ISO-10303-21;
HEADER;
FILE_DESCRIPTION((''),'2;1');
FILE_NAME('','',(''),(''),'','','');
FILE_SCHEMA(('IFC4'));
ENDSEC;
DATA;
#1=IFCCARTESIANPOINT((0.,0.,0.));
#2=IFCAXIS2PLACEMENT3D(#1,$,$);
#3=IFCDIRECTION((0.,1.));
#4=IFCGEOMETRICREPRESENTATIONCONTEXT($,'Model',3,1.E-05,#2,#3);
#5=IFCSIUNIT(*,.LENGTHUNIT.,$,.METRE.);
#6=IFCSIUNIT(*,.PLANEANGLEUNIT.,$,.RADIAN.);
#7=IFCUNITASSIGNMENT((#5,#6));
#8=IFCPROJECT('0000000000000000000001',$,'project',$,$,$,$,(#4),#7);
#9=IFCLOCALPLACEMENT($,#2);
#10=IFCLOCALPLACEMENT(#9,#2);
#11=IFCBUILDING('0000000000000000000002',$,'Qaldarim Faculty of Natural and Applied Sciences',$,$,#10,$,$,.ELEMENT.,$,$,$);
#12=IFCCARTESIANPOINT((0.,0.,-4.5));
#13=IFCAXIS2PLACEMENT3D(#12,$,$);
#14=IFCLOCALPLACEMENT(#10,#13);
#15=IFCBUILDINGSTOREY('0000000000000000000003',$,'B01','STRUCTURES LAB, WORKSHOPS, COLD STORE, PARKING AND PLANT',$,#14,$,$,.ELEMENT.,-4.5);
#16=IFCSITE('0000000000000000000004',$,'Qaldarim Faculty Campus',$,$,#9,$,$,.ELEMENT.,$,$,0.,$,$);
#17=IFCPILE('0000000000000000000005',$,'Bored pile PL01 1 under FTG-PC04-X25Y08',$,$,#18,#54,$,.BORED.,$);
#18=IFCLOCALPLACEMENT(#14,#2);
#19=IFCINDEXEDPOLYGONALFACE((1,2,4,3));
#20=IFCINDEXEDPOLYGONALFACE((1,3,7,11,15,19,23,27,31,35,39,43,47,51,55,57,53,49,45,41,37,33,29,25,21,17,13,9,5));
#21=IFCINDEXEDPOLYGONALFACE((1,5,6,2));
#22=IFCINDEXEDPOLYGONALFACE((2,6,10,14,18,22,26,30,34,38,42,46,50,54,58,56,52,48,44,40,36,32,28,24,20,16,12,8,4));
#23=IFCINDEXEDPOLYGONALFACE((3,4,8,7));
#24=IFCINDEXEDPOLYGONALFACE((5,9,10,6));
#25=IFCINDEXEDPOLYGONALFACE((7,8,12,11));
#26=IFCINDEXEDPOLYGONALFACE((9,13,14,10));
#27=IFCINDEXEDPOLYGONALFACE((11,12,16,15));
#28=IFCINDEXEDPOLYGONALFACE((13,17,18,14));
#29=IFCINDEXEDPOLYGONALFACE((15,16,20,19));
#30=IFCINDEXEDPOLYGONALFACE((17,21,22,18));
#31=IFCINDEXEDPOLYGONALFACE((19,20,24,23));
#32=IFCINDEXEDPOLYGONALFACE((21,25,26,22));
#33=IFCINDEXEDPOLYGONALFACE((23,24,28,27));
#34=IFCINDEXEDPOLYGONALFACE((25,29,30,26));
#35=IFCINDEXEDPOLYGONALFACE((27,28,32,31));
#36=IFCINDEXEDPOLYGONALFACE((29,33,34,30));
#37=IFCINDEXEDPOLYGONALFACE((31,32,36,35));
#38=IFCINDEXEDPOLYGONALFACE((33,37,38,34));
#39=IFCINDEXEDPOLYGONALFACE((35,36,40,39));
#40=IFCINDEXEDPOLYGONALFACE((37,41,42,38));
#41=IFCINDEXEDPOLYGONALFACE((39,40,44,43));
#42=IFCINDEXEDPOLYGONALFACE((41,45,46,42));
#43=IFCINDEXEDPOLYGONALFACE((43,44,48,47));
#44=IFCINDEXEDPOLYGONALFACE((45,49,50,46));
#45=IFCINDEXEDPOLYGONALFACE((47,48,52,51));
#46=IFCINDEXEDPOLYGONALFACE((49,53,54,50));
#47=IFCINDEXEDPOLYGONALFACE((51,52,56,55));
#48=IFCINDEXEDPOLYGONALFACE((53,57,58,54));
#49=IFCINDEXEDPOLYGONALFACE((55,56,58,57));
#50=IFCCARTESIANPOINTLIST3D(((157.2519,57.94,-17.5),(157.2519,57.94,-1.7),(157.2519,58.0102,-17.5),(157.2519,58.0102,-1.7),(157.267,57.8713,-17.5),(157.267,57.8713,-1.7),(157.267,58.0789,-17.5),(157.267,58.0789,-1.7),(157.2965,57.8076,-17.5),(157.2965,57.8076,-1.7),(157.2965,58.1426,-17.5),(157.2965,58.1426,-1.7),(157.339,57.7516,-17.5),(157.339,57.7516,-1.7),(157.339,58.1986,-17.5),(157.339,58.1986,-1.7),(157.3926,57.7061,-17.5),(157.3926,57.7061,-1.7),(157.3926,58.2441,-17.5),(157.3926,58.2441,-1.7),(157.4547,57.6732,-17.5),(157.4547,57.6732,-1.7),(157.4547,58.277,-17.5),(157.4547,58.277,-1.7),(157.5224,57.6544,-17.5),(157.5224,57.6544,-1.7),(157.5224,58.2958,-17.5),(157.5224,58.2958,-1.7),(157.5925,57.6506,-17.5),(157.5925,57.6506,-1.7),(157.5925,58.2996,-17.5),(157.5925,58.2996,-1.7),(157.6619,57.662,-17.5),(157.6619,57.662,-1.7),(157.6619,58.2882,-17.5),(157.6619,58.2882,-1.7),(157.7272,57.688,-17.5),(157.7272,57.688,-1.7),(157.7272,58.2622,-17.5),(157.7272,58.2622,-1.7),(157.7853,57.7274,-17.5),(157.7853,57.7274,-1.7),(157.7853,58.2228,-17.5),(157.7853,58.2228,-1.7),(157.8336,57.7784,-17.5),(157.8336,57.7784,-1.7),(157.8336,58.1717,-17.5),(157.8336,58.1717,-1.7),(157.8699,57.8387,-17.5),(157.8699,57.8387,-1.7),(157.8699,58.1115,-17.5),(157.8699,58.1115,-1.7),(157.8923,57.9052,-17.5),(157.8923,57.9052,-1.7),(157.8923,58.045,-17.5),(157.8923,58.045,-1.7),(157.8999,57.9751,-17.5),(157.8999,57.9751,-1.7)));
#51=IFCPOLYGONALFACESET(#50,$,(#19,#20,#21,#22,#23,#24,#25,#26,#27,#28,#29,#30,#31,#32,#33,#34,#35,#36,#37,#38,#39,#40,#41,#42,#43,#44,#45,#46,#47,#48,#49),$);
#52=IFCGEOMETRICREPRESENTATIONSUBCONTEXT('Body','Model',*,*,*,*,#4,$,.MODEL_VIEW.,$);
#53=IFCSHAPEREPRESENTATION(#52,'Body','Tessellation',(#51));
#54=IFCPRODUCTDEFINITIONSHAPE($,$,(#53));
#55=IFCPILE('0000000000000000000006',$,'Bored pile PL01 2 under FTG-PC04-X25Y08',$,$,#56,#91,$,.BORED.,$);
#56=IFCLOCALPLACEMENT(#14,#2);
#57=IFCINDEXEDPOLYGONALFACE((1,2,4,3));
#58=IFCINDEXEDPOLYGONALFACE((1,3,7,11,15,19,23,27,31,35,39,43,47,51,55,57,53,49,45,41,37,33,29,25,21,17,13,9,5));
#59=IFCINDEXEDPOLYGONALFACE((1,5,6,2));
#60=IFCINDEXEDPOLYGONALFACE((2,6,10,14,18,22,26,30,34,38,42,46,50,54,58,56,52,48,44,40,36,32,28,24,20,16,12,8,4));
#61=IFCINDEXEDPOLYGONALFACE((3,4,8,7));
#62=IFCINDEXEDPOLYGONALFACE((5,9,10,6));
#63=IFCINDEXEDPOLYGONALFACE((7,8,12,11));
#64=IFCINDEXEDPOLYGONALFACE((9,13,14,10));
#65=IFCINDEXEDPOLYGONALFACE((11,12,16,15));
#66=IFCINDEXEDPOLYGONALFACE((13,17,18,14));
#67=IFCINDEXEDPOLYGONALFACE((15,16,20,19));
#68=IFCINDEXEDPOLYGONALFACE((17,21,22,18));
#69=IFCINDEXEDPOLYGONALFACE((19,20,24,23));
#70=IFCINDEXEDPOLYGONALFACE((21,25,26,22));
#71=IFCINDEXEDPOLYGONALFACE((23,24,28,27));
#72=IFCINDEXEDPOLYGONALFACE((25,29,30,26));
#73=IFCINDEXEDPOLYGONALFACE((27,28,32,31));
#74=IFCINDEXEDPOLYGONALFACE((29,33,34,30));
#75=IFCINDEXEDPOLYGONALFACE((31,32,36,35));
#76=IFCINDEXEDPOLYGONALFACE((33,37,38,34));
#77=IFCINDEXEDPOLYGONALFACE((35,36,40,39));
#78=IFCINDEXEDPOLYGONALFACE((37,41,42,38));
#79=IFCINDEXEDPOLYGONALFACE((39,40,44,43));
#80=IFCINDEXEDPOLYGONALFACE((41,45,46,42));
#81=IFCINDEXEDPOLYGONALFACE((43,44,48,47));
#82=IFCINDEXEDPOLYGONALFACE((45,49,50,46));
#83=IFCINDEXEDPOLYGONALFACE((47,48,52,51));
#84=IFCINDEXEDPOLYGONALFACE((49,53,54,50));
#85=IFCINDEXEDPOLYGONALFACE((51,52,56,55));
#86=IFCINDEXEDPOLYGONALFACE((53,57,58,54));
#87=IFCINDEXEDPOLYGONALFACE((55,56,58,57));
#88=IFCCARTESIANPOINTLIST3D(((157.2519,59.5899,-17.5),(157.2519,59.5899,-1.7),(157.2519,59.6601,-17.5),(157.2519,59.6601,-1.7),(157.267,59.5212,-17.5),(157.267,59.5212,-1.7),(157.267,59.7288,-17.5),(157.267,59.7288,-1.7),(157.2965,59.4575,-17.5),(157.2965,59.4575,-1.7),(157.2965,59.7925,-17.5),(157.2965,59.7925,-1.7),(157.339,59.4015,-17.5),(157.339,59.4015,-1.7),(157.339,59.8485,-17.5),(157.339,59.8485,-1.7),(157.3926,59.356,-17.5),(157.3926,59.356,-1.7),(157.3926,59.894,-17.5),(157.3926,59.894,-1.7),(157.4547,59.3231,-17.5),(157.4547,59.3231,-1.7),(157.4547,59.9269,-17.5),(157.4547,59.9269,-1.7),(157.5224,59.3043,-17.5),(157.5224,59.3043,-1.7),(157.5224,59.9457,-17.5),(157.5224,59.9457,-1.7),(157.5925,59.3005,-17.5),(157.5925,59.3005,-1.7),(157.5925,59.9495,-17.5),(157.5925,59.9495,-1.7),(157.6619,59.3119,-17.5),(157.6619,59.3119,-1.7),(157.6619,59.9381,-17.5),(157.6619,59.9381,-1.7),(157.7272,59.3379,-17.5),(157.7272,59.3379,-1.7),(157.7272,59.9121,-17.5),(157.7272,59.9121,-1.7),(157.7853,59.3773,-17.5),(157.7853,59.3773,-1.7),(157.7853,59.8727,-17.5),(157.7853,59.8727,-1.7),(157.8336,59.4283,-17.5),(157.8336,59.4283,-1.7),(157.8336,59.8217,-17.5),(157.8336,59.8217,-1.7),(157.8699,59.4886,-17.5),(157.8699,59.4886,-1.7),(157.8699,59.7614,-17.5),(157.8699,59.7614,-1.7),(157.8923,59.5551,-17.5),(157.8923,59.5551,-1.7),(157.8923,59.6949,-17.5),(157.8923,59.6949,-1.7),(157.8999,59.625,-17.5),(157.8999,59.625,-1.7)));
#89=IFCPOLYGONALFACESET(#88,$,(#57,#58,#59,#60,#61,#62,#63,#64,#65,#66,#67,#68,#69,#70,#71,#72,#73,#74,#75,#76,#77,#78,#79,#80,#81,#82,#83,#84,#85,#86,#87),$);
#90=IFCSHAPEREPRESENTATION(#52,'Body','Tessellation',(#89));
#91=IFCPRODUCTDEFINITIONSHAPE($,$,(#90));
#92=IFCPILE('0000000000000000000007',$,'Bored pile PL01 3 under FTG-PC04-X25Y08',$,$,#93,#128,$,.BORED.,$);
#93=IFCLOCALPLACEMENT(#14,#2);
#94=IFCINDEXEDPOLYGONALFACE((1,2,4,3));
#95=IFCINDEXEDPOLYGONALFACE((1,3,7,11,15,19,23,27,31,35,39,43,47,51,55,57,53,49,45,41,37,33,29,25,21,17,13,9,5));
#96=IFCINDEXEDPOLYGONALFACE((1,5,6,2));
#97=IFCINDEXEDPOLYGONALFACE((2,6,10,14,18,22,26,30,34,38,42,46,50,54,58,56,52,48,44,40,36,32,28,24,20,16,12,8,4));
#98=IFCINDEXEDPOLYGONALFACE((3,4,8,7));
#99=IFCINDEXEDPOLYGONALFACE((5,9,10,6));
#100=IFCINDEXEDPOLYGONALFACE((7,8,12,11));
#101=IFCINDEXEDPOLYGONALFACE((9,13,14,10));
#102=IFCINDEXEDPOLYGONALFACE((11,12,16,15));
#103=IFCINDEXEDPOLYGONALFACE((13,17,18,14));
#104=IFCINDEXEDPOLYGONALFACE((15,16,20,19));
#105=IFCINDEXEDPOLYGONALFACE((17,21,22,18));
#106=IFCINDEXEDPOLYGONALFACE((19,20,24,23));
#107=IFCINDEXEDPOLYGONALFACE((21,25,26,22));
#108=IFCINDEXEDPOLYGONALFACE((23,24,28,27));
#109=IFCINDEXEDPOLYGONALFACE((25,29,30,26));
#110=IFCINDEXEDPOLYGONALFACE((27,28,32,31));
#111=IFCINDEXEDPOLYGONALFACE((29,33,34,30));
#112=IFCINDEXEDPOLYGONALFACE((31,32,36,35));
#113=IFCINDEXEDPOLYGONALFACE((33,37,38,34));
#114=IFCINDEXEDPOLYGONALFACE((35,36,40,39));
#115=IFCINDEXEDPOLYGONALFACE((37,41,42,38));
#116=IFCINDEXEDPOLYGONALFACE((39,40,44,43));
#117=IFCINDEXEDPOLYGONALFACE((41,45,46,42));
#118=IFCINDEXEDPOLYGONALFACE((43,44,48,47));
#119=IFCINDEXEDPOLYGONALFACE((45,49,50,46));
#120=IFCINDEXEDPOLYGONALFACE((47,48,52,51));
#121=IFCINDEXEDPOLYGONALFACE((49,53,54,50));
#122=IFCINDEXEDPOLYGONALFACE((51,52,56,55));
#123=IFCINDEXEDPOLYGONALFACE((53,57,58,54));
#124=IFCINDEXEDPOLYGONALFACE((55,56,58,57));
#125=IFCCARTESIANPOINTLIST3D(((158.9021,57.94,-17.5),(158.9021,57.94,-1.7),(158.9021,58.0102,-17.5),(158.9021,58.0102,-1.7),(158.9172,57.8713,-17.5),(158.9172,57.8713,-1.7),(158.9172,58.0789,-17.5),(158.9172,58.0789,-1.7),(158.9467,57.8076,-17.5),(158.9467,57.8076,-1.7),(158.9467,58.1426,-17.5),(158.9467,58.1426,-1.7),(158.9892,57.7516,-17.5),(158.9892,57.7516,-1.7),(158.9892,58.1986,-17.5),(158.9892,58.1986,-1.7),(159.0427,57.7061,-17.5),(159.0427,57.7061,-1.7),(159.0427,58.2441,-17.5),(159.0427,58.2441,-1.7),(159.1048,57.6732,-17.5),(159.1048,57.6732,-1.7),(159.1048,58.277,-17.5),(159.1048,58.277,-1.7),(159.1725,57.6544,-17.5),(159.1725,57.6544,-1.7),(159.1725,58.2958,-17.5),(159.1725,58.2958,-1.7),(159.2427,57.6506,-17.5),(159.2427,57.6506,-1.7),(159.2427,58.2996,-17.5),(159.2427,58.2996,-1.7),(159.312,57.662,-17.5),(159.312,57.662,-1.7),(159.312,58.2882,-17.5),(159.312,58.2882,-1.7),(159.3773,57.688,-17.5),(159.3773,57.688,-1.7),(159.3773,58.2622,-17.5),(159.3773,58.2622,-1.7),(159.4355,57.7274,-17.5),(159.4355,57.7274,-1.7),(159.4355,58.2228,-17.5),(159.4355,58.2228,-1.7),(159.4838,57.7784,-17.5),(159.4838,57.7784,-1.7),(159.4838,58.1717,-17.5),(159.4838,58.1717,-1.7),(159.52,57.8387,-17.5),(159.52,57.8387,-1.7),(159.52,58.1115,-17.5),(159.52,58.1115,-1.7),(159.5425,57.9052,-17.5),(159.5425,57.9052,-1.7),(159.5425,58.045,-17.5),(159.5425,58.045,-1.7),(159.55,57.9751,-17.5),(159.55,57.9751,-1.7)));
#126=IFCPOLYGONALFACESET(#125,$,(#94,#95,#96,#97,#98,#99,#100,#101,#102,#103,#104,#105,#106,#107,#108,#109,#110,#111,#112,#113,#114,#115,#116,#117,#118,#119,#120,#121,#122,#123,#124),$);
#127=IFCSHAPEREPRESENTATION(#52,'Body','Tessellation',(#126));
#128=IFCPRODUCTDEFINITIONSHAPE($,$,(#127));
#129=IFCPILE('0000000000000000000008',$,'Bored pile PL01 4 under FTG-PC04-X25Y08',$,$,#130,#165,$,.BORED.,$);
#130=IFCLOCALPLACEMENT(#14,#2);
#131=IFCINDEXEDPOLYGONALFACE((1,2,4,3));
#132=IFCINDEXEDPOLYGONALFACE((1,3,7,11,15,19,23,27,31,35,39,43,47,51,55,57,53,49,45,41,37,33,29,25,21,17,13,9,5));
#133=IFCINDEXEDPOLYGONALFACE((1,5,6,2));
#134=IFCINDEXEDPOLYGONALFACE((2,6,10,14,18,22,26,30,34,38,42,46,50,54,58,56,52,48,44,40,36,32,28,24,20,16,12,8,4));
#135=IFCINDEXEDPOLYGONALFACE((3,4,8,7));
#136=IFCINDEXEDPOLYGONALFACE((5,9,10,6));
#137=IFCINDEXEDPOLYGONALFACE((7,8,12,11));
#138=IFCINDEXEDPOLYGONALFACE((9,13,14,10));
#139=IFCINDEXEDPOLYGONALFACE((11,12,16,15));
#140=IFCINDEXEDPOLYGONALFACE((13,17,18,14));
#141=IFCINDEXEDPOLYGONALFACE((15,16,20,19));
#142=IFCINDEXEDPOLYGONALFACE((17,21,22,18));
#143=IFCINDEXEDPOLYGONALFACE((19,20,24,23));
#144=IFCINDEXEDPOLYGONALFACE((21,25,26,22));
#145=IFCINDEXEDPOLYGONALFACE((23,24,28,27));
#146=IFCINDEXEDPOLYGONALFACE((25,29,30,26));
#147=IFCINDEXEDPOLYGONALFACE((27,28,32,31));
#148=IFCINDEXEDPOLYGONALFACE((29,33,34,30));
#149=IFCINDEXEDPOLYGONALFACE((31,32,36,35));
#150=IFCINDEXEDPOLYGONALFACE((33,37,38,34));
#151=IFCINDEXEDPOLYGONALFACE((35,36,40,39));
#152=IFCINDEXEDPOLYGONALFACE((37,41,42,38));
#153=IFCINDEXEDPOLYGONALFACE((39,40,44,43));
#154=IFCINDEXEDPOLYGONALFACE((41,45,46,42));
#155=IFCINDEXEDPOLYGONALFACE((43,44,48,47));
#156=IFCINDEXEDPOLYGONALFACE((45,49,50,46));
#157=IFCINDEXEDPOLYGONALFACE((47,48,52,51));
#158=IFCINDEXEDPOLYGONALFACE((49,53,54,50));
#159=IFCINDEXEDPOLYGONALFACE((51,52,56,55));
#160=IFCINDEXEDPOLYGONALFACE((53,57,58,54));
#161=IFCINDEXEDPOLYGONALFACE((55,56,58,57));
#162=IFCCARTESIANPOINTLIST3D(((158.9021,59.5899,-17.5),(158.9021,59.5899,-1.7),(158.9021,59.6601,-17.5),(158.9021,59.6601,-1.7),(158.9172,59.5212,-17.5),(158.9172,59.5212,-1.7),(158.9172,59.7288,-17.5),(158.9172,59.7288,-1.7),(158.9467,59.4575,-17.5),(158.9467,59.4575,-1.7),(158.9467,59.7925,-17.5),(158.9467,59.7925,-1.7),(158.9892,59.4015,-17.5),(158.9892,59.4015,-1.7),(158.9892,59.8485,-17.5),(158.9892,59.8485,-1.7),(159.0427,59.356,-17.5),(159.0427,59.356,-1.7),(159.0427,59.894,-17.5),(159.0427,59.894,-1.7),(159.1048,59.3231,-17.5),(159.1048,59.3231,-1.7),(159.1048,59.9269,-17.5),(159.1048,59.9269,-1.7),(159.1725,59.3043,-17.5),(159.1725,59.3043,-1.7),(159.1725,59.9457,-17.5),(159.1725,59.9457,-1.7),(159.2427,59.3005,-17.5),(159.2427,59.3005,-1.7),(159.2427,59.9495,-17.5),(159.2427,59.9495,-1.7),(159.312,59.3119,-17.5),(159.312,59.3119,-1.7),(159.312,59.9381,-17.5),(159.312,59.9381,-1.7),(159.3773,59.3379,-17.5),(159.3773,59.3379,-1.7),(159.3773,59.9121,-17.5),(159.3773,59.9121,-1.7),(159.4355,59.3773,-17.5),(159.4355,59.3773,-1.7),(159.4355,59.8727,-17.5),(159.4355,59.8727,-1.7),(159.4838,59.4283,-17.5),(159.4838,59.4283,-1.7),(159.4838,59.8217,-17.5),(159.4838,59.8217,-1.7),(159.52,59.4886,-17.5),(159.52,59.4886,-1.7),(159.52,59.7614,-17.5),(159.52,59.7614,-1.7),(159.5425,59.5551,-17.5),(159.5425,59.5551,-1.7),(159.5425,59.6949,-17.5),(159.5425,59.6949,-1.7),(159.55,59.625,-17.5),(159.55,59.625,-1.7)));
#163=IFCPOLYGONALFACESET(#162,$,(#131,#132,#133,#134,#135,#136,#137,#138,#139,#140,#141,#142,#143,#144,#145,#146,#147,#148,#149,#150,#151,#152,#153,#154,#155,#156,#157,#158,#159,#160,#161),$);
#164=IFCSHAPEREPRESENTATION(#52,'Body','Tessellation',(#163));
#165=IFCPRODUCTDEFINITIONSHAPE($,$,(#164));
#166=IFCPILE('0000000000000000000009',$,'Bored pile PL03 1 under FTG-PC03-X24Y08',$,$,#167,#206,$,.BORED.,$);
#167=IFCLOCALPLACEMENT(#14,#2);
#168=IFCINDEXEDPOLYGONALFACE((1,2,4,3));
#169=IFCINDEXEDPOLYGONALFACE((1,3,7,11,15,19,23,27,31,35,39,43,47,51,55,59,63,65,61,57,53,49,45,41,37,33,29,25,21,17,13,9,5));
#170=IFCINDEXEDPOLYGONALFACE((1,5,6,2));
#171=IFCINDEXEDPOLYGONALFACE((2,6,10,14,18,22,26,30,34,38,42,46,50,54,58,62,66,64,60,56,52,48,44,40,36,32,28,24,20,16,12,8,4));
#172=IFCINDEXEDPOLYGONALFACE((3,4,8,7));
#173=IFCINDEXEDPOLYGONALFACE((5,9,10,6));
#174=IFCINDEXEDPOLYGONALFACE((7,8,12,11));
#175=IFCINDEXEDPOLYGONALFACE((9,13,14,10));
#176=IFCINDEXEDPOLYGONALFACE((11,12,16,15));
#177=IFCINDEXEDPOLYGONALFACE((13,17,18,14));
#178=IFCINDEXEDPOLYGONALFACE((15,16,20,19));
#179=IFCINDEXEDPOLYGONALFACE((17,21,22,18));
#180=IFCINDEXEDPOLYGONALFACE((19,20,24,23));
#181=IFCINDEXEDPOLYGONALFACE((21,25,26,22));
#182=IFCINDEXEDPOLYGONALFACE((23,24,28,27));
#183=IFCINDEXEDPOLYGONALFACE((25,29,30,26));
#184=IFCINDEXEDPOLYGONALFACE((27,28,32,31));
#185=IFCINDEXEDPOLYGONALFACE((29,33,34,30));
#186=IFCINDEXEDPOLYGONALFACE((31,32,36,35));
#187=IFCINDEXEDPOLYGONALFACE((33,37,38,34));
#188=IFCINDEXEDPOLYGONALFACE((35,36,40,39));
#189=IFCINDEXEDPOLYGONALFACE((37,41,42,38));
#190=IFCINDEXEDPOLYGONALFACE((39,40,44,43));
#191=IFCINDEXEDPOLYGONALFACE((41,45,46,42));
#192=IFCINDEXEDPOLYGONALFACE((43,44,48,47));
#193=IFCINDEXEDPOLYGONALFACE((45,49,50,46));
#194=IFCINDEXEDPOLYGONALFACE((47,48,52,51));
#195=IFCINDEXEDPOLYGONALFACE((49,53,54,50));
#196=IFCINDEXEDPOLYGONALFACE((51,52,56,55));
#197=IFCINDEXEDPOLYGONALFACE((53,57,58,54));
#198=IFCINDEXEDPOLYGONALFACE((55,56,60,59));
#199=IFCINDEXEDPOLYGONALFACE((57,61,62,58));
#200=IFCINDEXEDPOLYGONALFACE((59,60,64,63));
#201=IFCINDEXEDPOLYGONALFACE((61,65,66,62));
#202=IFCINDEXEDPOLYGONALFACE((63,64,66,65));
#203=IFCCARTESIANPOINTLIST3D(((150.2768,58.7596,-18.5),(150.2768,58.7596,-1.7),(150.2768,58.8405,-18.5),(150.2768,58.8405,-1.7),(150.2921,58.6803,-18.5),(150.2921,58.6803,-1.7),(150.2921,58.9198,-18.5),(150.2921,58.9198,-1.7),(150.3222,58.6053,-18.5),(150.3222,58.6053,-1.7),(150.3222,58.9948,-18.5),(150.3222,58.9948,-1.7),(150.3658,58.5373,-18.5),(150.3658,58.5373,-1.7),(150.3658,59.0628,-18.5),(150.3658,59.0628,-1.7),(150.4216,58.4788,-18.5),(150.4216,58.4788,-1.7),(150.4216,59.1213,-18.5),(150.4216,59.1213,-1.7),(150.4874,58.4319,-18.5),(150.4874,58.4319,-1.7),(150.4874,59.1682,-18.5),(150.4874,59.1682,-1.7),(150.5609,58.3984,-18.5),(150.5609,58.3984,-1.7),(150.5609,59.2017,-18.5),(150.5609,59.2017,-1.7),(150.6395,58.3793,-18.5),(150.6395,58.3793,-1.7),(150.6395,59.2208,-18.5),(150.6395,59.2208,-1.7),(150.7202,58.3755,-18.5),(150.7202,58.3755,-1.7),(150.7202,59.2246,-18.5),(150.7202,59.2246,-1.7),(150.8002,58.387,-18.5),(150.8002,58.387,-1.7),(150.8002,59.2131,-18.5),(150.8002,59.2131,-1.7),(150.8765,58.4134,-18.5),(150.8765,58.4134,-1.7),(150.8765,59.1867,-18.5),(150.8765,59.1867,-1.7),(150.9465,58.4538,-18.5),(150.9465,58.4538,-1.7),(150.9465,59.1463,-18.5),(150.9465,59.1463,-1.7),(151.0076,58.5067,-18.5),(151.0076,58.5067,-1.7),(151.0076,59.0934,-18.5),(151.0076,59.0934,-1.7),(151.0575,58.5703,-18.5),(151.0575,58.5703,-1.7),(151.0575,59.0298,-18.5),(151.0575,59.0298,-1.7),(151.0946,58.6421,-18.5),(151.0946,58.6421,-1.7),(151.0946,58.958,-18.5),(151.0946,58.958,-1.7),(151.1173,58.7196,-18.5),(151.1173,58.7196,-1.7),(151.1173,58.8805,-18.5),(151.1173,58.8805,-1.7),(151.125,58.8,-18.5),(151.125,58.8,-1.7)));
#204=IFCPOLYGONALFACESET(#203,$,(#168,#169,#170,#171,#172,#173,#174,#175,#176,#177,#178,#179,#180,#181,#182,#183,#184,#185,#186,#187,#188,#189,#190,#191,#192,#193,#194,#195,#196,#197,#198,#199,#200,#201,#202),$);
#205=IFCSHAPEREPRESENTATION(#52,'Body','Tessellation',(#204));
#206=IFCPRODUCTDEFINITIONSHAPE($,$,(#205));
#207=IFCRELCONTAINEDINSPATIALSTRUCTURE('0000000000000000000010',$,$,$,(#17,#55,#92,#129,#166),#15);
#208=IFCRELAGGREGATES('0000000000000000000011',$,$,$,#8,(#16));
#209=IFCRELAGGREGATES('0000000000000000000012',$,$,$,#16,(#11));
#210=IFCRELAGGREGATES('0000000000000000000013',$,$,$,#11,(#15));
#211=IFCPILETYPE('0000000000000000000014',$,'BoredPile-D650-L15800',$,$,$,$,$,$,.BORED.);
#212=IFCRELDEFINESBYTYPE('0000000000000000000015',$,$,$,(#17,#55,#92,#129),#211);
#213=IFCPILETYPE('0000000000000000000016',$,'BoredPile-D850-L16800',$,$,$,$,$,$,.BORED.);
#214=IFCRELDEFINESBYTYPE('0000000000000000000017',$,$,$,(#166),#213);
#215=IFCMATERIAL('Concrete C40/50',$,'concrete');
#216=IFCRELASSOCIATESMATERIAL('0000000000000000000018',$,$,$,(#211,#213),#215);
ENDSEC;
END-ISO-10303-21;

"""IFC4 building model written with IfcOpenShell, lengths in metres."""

from ifc_helpers import new_model, si_unit, direction, frame, origin, origin_2d, place, context, subcontext, project, spatial, circle, extrude, material, material_profile, profile_set, type_object, element, save


model = new_model("IFC4")

# Units and contexts
model_context = context("Model", 3, precision=1e-05, world=origin(), true_north=direction((0.0, 1.0)))
body_context = subcontext(model_context, "Body", "Model", "MODEL_VIEW")
ifc_project = project(units=[si_unit("LENGTHUNIT", "METRE"), si_unit("PLANEANGLEUNIT", "RADIAN")], contexts=[model_context])

# Site, building, storey
site_placement = place(None, origin())
site = spatial("IfcSite", under=ifc_project, at=site_placement, Name="Qaldarim Faculty Campus", CompositionType="ELEMENT", RefElevation=0.0)
building_placement = place(site_placement, origin())
building = spatial("IfcBuilding", under=site, at=building_placement, Name="Qaldarim Faculty of Natural and Applied Sciences", CompositionType="ELEMENT")
storey_placement = place(building_placement, frame((0.0, 0.0, -4.5)))
storey = spatial("IfcBuildingStorey", under=building, at=storey_placement, Name="B01", Description="STRUCTURES LAB, WORKSHOPS, COLD STORE, PARKING AND PLANT", CompositionType="ELEMENT", Elevation=-4.5)

# Piles
ifc_material_1 = material(Name="Concrete C40/50", Category="concrete")
ifc_material_profile_1 = material_profile(ifc_material_1, circle(Radius=0.325, at=origin_2d()), Name="PILE-D650")
ifc_profile_set_1 = profile_set([ifc_material_profile_1], Name="Concrete C40/50")
pile_type_1 = type_object("IfcPileType", Name="BoredPile-D650-L15800", PredefinedType="BORED", material=ifc_profile_set_1)
for number, where, z_axis, x_axis, name in (
    (1, (157.575, 57.9751, -1.7), (0.0, 0.0, -1.0), (1.0, 0.0, 0.0), "Bored pile PL01 1 under FTG-PC04-X25Y08"),
    (2, (157.575, 59.625, -1.7), (0.0, 0.0, -1.0), (1.0, 0.0, 0.0), "Bored pile PL01 2 under FTG-PC04-X25Y08"),
    (3, (159.2251, 57.9751, -1.7), (0.0, 0.0, -1.0), (1.0, 0.0, 0.0), "Bored pile PL01 3 under FTG-PC04-X25Y08"),
    (4, (159.2251, 59.625, -1.7), (0.0, 0.0, -1.0), (1.0, 0.0, 0.0), "Bored pile PL01 4 under FTG-PC04-X25Y08"),
):
    element("IfcPile", number, at=place(storey_placement, frame(where, z_axis=z_axis, x_axis=x_axis)), inside=storey, type_object=pile_type_1, Name=name, PredefinedType="BORED", context=body_context, shape_type="SweptSolid", body=[
        extrude(circle(Radius=0.325, at=origin_2d()), origin(), (0.0, 0.0, 1.0), 15.8),
    ])
ifc_material_profile_2 = material_profile(ifc_material_1, circle(Radius=0.425, at=origin_2d()), Name="PILE-D850")
ifc_profile_set_2 = profile_set([ifc_material_profile_2], Name="Concrete C40/50")
pile_type_2 = type_object("IfcPileType", Name="BoredPile-D850-L16800", PredefinedType="BORED", material=ifc_profile_set_2)
for number, where, z_axis, x_axis, name in (
    (5, (150.7, 58.8, -1.7), (0.0, 0.0, -1.0), (1.0, 0.0, 0.0), "Bored pile PL03 1 under FTG-PC03-X24Y08"),
):
    element("IfcPile", number, at=place(storey_placement, frame(where, z_axis=z_axis, x_axis=x_axis)), inside=storey, type_object=pile_type_2, Name=name, PredefinedType="BORED", context=body_context, shape_type="SweptSolid", body=[
        extrude(circle(Radius=0.425, at=origin_2d()), origin(), (0.0, 0.0, 1.0), 16.8),
    ])

save(model, "model.ifc")
